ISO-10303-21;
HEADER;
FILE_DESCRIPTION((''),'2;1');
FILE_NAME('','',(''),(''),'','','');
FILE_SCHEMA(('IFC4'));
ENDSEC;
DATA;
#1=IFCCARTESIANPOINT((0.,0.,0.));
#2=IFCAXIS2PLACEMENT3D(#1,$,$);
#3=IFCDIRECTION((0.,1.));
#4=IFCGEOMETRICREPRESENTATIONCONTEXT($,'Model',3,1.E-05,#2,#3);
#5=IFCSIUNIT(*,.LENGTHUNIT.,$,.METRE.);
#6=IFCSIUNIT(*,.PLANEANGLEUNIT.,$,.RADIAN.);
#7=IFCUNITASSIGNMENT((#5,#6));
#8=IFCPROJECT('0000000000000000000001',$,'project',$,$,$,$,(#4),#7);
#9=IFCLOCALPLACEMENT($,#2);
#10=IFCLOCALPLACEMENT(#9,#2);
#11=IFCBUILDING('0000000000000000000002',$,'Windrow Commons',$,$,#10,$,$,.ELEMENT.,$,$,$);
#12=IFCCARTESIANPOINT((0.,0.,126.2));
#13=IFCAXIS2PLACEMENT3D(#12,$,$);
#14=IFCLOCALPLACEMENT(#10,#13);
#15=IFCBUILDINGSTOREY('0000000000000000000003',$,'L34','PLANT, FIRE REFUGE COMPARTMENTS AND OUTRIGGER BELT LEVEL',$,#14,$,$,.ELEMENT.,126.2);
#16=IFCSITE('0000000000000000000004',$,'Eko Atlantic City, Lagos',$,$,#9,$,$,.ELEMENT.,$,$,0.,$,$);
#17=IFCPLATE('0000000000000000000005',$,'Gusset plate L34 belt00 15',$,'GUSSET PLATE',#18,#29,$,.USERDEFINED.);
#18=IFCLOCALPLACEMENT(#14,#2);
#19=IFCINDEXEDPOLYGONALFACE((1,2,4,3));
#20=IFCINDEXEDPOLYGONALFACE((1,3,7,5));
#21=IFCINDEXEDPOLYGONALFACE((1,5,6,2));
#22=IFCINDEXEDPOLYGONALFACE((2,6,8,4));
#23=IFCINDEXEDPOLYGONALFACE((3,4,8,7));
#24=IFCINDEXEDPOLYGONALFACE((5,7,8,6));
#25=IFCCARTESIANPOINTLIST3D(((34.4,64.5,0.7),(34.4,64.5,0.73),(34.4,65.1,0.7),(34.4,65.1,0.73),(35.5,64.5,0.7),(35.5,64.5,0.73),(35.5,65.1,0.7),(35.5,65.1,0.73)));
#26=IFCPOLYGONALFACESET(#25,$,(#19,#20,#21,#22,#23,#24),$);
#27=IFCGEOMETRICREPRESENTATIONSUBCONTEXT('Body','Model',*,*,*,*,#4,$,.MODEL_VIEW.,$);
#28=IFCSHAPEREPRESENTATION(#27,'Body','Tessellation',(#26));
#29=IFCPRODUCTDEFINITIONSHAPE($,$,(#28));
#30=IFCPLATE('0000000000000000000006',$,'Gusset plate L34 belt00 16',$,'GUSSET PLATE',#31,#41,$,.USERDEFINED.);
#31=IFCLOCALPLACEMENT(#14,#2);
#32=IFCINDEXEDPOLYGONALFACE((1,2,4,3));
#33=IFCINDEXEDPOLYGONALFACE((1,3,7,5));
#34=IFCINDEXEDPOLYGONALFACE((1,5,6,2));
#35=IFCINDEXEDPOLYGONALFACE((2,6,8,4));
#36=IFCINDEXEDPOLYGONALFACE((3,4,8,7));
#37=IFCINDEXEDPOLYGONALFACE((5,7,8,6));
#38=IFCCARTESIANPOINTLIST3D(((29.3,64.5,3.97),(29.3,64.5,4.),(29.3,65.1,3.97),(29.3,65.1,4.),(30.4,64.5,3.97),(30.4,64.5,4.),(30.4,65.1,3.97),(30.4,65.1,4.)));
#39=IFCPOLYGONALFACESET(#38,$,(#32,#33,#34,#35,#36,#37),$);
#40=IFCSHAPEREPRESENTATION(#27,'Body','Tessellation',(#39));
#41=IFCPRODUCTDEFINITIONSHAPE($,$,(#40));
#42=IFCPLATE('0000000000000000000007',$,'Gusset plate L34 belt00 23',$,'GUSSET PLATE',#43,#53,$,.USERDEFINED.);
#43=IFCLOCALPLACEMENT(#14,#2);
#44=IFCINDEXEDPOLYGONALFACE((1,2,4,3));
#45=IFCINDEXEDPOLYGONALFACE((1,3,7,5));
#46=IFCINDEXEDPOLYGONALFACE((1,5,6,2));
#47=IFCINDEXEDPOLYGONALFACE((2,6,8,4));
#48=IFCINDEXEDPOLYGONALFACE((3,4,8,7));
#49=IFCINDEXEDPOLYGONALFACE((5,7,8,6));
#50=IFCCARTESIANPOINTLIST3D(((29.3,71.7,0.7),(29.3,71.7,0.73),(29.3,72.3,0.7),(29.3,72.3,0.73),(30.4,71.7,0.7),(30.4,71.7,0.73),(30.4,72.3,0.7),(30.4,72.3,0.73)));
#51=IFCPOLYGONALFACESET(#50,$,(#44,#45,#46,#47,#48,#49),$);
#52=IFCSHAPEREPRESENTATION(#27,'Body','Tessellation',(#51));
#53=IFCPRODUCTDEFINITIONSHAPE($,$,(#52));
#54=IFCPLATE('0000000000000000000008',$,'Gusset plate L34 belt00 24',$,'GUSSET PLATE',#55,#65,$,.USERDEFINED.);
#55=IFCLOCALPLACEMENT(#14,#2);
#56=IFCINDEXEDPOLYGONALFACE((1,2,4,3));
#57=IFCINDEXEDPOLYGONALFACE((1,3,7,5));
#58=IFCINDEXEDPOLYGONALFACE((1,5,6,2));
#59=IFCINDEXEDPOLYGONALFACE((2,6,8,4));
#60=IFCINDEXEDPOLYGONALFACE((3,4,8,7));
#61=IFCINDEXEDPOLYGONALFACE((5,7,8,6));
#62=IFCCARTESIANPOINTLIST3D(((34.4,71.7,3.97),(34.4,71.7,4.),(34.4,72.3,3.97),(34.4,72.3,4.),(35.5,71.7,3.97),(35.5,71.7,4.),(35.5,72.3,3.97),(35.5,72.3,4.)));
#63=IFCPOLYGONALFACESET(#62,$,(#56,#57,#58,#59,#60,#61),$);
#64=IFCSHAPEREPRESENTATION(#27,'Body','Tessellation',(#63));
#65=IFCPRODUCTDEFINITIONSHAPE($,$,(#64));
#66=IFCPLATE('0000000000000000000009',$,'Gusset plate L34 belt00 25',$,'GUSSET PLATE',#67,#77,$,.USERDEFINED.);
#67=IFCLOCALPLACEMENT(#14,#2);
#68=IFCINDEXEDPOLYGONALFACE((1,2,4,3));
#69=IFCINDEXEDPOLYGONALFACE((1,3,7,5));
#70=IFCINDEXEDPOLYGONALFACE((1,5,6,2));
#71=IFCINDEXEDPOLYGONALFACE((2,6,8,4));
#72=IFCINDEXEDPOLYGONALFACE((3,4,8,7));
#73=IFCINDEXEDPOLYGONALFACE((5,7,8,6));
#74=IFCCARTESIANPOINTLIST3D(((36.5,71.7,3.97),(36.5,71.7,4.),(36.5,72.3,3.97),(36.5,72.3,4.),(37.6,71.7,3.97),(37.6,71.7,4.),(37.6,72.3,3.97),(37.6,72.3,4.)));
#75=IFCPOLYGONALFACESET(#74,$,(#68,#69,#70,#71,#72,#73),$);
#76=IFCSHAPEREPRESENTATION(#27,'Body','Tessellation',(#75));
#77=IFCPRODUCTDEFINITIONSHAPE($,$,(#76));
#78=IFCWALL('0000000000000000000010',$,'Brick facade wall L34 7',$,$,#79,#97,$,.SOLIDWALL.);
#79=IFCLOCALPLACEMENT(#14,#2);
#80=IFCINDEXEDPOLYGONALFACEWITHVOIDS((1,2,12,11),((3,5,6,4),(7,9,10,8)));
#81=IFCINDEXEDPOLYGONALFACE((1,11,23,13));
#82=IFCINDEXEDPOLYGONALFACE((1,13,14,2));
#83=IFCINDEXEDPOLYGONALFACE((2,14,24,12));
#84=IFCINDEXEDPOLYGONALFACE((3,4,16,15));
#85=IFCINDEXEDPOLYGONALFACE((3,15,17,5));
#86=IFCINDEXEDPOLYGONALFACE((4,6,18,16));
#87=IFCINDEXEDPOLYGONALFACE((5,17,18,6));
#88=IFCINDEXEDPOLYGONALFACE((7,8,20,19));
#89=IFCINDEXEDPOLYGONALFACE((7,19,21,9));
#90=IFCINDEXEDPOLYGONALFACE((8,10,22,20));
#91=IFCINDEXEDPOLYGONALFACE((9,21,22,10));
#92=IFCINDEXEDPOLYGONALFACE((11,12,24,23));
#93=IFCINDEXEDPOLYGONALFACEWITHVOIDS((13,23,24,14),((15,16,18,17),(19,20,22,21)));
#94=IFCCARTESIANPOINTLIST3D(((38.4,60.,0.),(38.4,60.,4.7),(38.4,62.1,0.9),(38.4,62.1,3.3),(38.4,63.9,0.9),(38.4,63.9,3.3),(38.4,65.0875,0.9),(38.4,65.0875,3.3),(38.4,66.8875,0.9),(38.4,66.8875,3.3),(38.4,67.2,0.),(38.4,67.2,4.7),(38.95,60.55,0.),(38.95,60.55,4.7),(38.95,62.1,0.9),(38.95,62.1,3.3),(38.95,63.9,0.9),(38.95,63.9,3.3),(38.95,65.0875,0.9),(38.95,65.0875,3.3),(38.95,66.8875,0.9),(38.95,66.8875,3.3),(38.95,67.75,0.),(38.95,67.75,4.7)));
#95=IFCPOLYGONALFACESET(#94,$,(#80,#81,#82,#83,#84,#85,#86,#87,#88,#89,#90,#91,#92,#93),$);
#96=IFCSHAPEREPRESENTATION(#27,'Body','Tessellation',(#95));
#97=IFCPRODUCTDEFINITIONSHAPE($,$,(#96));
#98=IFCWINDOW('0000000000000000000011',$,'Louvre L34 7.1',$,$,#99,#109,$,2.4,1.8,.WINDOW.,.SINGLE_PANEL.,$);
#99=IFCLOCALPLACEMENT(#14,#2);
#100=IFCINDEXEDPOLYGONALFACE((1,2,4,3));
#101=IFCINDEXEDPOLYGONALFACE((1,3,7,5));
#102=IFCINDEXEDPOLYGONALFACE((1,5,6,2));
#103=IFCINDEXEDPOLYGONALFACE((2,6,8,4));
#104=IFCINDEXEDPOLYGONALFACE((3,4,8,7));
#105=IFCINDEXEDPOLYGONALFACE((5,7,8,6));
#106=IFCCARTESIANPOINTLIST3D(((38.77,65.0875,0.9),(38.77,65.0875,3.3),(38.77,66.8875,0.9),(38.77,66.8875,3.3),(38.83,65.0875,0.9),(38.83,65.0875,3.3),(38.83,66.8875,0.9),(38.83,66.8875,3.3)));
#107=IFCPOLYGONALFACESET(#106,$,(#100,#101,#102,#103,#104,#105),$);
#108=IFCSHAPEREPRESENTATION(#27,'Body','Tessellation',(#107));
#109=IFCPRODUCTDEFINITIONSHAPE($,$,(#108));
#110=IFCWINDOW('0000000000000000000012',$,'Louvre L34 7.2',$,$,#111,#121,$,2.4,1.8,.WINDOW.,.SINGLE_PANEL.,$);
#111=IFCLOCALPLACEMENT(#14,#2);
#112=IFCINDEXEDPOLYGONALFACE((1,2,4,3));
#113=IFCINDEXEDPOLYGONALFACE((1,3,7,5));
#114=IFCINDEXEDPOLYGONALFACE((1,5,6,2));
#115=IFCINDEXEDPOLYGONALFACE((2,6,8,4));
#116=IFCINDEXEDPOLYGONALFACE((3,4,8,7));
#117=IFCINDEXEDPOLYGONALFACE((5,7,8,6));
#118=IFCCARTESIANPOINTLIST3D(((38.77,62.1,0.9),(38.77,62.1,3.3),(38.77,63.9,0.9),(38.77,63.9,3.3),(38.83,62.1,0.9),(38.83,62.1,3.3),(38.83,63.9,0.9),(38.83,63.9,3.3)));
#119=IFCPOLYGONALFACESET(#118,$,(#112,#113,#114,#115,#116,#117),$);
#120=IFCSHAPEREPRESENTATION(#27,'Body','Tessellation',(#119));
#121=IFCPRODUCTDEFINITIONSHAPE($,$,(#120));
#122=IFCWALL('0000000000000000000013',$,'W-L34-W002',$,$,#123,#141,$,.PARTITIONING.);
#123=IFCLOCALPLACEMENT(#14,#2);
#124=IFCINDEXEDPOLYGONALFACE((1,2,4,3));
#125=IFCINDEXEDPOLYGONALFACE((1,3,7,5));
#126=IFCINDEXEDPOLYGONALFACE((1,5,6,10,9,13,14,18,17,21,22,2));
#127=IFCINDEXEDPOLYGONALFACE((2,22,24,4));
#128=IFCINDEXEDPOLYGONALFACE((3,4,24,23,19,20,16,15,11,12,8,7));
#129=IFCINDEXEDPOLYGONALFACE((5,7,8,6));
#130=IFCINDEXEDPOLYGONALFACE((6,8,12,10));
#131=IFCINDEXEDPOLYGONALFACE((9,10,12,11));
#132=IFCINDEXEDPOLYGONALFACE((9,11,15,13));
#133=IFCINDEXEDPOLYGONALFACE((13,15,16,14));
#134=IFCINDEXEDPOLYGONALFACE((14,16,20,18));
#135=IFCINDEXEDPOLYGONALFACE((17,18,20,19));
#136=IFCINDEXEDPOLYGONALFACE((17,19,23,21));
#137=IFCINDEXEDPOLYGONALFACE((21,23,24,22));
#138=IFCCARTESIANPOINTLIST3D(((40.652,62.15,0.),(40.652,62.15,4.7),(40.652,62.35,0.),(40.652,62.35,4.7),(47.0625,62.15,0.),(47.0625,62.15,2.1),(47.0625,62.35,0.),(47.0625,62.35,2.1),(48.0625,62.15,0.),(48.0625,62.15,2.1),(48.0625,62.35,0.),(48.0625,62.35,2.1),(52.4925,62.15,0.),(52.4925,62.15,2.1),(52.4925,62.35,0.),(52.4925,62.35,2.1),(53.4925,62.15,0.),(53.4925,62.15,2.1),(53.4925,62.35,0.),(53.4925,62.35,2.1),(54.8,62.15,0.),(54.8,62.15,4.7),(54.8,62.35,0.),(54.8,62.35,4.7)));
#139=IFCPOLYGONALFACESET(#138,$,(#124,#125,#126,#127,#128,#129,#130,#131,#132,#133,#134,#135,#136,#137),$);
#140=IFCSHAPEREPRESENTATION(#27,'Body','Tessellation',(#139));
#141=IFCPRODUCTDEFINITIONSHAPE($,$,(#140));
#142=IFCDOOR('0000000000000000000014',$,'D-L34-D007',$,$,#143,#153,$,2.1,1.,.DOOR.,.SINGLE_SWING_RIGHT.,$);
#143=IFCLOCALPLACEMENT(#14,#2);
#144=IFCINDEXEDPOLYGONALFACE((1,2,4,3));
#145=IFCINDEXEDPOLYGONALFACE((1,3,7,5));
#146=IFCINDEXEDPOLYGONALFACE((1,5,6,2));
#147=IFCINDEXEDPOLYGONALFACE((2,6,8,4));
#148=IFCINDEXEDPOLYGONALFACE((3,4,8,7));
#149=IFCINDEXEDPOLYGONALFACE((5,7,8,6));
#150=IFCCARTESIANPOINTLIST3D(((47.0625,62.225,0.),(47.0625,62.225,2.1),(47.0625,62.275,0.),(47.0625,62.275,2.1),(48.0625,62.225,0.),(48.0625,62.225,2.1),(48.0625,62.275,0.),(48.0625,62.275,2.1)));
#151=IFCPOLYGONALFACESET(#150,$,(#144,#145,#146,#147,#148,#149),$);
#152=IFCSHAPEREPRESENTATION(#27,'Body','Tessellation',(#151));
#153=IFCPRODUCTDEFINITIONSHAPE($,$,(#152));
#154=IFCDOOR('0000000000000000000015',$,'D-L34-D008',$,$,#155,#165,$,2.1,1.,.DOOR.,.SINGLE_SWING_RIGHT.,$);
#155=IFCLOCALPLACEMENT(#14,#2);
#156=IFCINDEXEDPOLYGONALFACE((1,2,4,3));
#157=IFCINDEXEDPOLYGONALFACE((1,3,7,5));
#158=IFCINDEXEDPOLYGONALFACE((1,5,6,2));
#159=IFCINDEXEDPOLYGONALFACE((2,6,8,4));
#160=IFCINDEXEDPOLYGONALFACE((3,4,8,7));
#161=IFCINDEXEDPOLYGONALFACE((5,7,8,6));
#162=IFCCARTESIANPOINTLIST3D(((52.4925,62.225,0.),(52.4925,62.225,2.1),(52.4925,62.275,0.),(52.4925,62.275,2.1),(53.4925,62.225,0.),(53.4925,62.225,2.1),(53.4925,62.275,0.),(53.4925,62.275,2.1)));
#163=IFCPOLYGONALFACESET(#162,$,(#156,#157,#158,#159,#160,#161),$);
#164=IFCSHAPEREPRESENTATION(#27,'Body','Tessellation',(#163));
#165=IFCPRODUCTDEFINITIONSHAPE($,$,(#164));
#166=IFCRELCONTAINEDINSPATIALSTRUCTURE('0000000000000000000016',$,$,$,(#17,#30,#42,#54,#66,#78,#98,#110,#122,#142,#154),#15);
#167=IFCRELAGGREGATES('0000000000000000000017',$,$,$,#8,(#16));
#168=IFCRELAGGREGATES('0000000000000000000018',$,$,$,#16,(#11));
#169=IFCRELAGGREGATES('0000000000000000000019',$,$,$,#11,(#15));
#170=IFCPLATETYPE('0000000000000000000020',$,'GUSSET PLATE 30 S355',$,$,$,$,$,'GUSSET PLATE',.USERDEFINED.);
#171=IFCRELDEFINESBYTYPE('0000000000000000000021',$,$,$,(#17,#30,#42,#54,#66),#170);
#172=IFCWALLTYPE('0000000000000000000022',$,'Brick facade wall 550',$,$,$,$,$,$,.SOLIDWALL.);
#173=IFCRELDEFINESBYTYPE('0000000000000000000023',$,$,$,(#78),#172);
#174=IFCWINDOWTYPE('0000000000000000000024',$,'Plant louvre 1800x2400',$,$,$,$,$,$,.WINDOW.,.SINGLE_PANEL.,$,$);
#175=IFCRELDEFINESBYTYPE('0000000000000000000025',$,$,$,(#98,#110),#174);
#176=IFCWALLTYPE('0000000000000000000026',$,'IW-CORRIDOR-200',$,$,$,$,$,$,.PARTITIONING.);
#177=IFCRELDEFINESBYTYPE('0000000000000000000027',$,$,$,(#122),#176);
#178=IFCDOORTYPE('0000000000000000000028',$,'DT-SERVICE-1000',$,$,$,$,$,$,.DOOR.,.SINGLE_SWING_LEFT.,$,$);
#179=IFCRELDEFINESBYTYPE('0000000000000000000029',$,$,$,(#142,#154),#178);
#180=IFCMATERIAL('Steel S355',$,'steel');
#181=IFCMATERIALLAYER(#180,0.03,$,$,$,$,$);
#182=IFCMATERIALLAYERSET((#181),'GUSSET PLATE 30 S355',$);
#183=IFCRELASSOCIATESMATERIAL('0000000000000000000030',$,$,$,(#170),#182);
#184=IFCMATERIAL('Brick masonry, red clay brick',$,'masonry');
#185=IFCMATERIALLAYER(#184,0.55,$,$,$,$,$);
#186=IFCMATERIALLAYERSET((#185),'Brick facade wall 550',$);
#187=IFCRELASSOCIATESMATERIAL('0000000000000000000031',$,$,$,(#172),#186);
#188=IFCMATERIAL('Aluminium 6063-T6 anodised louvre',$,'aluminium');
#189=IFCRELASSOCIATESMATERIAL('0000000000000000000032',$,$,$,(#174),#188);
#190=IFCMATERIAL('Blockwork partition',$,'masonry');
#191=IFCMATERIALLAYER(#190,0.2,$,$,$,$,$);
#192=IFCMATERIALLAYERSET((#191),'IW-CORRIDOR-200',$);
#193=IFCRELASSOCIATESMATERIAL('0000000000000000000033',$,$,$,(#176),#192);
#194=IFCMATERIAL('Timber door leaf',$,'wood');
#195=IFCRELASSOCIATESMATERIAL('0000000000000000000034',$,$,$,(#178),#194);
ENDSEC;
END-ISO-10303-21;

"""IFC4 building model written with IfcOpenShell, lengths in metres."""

from ifc_helpers import new_model, si_unit, direction, frame, frame_2d, origin, origin_2d, place, context, subcontext, project, spatial, polyline, rectangle, outline, extrude, material, layer, layer_set, type_object, element, fill, save


model = new_model("IFC4")

# Units and contexts
model_context = context("Model", 3, precision=1e-05, world=origin(), true_north=direction((0.0, 1.0)))
body_context = subcontext(model_context, "Body", "Model", "MODEL_VIEW")
ifc_project = project(units=[si_unit("LENGTHUNIT", "METRE"), si_unit("PLANEANGLEUNIT", "RADIAN")], contexts=[model_context])

# Site, building, storey
site_placement = place(None, origin())
site = spatial("IfcSite", under=ifc_project, at=site_placement, Name="Eko Atlantic City, Lagos", CompositionType="ELEMENT", RefElevation=0.0)
building_placement = place(site_placement, origin())
building = spatial("IfcBuilding", under=site, at=building_placement, Name="Windrow Commons", CompositionType="ELEMENT")
storey_placement = place(building_placement, frame((0.0, 0.0, 126.2)))
storey = spatial("IfcBuildingStorey", under=building, at=storey_placement, Name="L34", Description="PLANT, FIRE REFUGE COMPARTMENTS AND OUTRIGGER BELT LEVEL", CompositionType="ELEMENT", Elevation=126.2)

# Plates
ifc_material_1 = material(Name="Steel S355", Category="steel")
ifc_layer_1 = layer(ifc_material_1, 0.03)
ifc_layer_set_1 = layer_set([ifc_layer_1], Name="GUSSET PLATE 30 S355")
plate_type = type_object("IfcPlateType", Name="GUSSET PLATE 30 S355", ElementType="GUSSET PLATE", PredefinedType="USERDEFINED", material=ifc_layer_set_1)
for number, where, z_axis, x_axis, name in (
    (1, (34.95, 64.8, 0.7), (0.0, 0.0, 1.0), (-1.0, 0.0, 0.0), "Gusset plate L34 belt00 15"),
    (2, (29.85, 64.8, 3.97), (0.0, 0.0, 1.0), (-1.0, 0.0, 0.0), "Gusset plate L34 belt00 16"),
    (3, (29.85, 72.0, 0.7), (0.0, 0.0, 1.0), (1.0, 0.0, 0.0), "Gusset plate L34 belt00 23"),
    (4, (34.95, 72.0, 3.97), (0.0, 0.0, 1.0), (1.0, 0.0, 0.0), "Gusset plate L34 belt00 24"),
    (5, (37.05, 72.0, 3.97), (0.0, 0.0, 1.0), (1.0, 0.0, 0.0), "Gusset plate L34 belt00 25"),
):
    element("IfcPlate", number, at=place(storey_placement, frame(where, z_axis=z_axis, x_axis=x_axis)), inside=storey, type_object=plate_type, Name=name, ObjectType="GUSSET PLATE", PredefinedType="USERDEFINED", context=body_context, shape_type="SweptSolid", body=[
        extrude(rectangle(XDim=1.1, YDim=0.6, at=origin_2d()), origin(), (0.0, 0.0, 1.0), 0.03),
    ])

# Wall, openings, windows
ifc_material_2 = material(Name="Brick masonry, red clay brick", Category="masonry")
ifc_layer_2 = layer(ifc_material_2, 0.55)
ifc_layer_set_2 = layer_set([ifc_layer_2], Name="Brick facade wall 550")
wall_type_1 = type_object("IfcWallType", Name="Brick facade wall 550", PredefinedType="SOLIDWALL", material=ifc_layer_set_2)
wall_1_placement = place(storey_placement, frame((38.675, 67.475, 0.0), z_axis=(0.0, 0.0, 1.0), x_axis=(0.0, -1.0, 0.0)))
wall_1 = element("IfcWall", 6, at=wall_1_placement, inside=storey, type_object=wall_type_1, Name="Brick facade wall L34 7", PredefinedType="SOLIDWALL", context=body_context, shape_type="SweptSolid", body=[
    extrude(outline(polyline([(0.275, -0.275), (7.475, -0.275), (6.925, 0.275), (-0.275, 0.275), (0.275, -0.275)])), origin(), (0.0, 0.0, 1.0), 4.7),
])
opening_1_placement = place(wall_1_placement, frame((0.5875, 0.0, 0.9)))
opening_1 = element("IfcOpeningElement", 7, at=opening_1_placement, cuts=wall_1, PredefinedType="OPENING", context=body_context, shape_type="SweptSolid", body=[
    extrude(rectangle(XDim=1.8, YDim=2.4, at=frame_2d((0.9, 1.2))), frame((0.0, 0.285, 0.0), z_axis=(0.0, -1.0, 0.0), x_axis=(1.0, 0.0, 0.0)), (0.0, 0.0, 1.0), 0.57),
])
opening_2_placement = place(wall_1_placement, frame((3.575, 0.0, 0.9)))
opening_2 = element("IfcOpeningElement", 8, at=opening_2_placement, cuts=wall_1, PredefinedType="OPENING", context=body_context, shape_type="SweptSolid", body=[
    extrude(rectangle(XDim=1.8, YDim=2.4, at=frame_2d((0.9, 1.2))), frame((0.0, 0.285, 0.0), z_axis=(0.0, -1.0, 0.0), x_axis=(1.0, 0.0, 0.0)), (0.0, 0.0, 1.0), 0.57),
])
ifc_material_3 = material(Name="Aluminium 6063-T6 anodised louvre", Category="aluminium")
window_type = type_object("IfcWindowType", Name="Plant louvre 1800x2400", PartitioningType="SINGLE_PANEL", PredefinedType="WINDOW", material=ifc_material_3)
window_1_placement = place(opening_1_placement, origin())
window_1 = element("IfcWindow", 9, at=window_1_placement, inside=storey, type_object=window_type, Name="Louvre L34 7.1", OverallHeight=2.4, OverallWidth=1.8, PartitioningType="SINGLE_PANEL", PredefinedType="WINDOW", context=body_context, shape_type="SweptSolid", body=[
    extrude(rectangle(XDim=1.8, YDim=2.4, at=frame_2d((0.9, 1.2))), frame((0.0, 0.155, 0.0), z_axis=(0.0, -1.0, 0.0), x_axis=(1.0, 0.0, 0.0)), (0.0, 0.0, 1.0), 0.06),
])
fill(opening_1, window_1)
window_2_placement = place(opening_2_placement, origin())
window_2 = element("IfcWindow", 10, at=window_2_placement, inside=storey, type_object=window_type, Name="Louvre L34 7.2", OverallHeight=2.4, OverallWidth=1.8, PartitioningType="SINGLE_PANEL", PredefinedType="WINDOW", context=body_context, shape_type="SweptSolid", body=[
    extrude(rectangle(XDim=1.8, YDim=2.4, at=frame_2d((0.9, 1.2))), frame((0.0, 0.155, 0.0), z_axis=(0.0, -1.0, 0.0), x_axis=(1.0, 0.0, 0.0)), (0.0, 0.0, 1.0), 0.06),
])
fill(opening_2, window_2)

# Wall, openings, doors
ifc_material_4 = material(Name="Blockwork partition", Category="masonry")
ifc_layer_3 = layer(ifc_material_4, 0.2)
ifc_layer_set_3 = layer_set([ifc_layer_3], Name="IW-CORRIDOR-200")
wall_type_2 = type_object("IfcWallType", Name="IW-CORRIDOR-200", PredefinedType="PARTITIONING", material=ifc_layer_set_3)
wall_2_placement = place(storey_placement, frame((40.652, 62.25, 0.0), z_axis=(0.0, 0.0, 1.0), x_axis=(1.0, 0.0, 0.0)))
wall_2 = element("IfcWall", 11, at=wall_2_placement, inside=storey, type_object=wall_type_2, Name="W-L34-W002", PredefinedType="PARTITIONING", context=body_context, shape_type="SweptSolid", body=[
    extrude(rectangle(XDim=14.148, YDim=0.2, at=frame_2d((7.074, 0.0))), origin(), (0.0, 0.0, 1.0), 4.7),
])
opening_3_placement = place(wall_2_placement, frame((6.4105, 0.0, 0.0)))
opening_3 = element("IfcOpeningElement", 12, at=opening_3_placement, cuts=wall_2, PredefinedType="OPENING", context=body_context, shape_type="SweptSolid", body=[
    extrude(rectangle(XDim=1.0, YDim=2.1, at=frame_2d((0.5, 1.05))), frame((0.0, 0.11, 0.0), z_axis=(0.0, -1.0, 0.0), x_axis=(1.0, 0.0, 0.0)), (0.0, 0.0, 1.0), 0.22),
])
opening_4_placement = place(wall_2_placement, frame((11.8405, 0.0, 0.0)))
opening_4 = element("IfcOpeningElement", 13, at=opening_4_placement, cuts=wall_2, PredefinedType="OPENING", context=body_context, shape_type="SweptSolid", body=[
    extrude(rectangle(XDim=1.0, YDim=2.1, at=frame_2d((0.5, 1.05))), frame((0.0, 0.11, 0.0), z_axis=(0.0, -1.0, 0.0), x_axis=(1.0, 0.0, 0.0)), (0.0, 0.0, 1.0), 0.22),
])
ifc_material_5 = material(Name="Timber door leaf", Category="wood")
door_type = type_object("IfcDoorType", Name="DT-SERVICE-1000", OperationType="SINGLE_SWING_LEFT", PredefinedType="DOOR", material=ifc_material_5)
door_1_placement = place(opening_3_placement, origin())
door_1 = element("IfcDoor", 14, at=door_1_placement, inside=storey, type_object=door_type, Name="D-L34-D007", OperationType="SINGLE_SWING_RIGHT", OverallHeight=2.1, OverallWidth=1.0, PredefinedType="DOOR", context=body_context, shape_type="SweptSolid", body=[
    extrude(rectangle(XDim=1.0, YDim=2.1, at=frame_2d((0.5, 1.05))), frame((0.0, 0.025, 0.0), z_axis=(0.0, -1.0, 0.0), x_axis=(1.0, 0.0, 0.0)), (0.0, 0.0, 1.0), 0.05),
])
fill(opening_3, door_1)
door_2_placement = place(opening_4_placement, origin())
door_2 = element("IfcDoor", 15, at=door_2_placement, inside=storey, type_object=door_type, Name="D-L34-D008", OperationType="SINGLE_SWING_RIGHT", OverallHeight=2.1, OverallWidth=1.0, PredefinedType="DOOR", context=body_context, shape_type="SweptSolid", body=[
    extrude(rectangle(XDim=1.0, YDim=2.1, at=frame_2d((0.5, 1.05))), frame((0.0, 0.025, 0.0), z_axis=(0.0, -1.0, 0.0), x_axis=(1.0, 0.0, 0.0)), (0.0, 0.0, 1.0), 0.05),
])
fill(opening_4, door_2)

save(model, "model.ifc")
